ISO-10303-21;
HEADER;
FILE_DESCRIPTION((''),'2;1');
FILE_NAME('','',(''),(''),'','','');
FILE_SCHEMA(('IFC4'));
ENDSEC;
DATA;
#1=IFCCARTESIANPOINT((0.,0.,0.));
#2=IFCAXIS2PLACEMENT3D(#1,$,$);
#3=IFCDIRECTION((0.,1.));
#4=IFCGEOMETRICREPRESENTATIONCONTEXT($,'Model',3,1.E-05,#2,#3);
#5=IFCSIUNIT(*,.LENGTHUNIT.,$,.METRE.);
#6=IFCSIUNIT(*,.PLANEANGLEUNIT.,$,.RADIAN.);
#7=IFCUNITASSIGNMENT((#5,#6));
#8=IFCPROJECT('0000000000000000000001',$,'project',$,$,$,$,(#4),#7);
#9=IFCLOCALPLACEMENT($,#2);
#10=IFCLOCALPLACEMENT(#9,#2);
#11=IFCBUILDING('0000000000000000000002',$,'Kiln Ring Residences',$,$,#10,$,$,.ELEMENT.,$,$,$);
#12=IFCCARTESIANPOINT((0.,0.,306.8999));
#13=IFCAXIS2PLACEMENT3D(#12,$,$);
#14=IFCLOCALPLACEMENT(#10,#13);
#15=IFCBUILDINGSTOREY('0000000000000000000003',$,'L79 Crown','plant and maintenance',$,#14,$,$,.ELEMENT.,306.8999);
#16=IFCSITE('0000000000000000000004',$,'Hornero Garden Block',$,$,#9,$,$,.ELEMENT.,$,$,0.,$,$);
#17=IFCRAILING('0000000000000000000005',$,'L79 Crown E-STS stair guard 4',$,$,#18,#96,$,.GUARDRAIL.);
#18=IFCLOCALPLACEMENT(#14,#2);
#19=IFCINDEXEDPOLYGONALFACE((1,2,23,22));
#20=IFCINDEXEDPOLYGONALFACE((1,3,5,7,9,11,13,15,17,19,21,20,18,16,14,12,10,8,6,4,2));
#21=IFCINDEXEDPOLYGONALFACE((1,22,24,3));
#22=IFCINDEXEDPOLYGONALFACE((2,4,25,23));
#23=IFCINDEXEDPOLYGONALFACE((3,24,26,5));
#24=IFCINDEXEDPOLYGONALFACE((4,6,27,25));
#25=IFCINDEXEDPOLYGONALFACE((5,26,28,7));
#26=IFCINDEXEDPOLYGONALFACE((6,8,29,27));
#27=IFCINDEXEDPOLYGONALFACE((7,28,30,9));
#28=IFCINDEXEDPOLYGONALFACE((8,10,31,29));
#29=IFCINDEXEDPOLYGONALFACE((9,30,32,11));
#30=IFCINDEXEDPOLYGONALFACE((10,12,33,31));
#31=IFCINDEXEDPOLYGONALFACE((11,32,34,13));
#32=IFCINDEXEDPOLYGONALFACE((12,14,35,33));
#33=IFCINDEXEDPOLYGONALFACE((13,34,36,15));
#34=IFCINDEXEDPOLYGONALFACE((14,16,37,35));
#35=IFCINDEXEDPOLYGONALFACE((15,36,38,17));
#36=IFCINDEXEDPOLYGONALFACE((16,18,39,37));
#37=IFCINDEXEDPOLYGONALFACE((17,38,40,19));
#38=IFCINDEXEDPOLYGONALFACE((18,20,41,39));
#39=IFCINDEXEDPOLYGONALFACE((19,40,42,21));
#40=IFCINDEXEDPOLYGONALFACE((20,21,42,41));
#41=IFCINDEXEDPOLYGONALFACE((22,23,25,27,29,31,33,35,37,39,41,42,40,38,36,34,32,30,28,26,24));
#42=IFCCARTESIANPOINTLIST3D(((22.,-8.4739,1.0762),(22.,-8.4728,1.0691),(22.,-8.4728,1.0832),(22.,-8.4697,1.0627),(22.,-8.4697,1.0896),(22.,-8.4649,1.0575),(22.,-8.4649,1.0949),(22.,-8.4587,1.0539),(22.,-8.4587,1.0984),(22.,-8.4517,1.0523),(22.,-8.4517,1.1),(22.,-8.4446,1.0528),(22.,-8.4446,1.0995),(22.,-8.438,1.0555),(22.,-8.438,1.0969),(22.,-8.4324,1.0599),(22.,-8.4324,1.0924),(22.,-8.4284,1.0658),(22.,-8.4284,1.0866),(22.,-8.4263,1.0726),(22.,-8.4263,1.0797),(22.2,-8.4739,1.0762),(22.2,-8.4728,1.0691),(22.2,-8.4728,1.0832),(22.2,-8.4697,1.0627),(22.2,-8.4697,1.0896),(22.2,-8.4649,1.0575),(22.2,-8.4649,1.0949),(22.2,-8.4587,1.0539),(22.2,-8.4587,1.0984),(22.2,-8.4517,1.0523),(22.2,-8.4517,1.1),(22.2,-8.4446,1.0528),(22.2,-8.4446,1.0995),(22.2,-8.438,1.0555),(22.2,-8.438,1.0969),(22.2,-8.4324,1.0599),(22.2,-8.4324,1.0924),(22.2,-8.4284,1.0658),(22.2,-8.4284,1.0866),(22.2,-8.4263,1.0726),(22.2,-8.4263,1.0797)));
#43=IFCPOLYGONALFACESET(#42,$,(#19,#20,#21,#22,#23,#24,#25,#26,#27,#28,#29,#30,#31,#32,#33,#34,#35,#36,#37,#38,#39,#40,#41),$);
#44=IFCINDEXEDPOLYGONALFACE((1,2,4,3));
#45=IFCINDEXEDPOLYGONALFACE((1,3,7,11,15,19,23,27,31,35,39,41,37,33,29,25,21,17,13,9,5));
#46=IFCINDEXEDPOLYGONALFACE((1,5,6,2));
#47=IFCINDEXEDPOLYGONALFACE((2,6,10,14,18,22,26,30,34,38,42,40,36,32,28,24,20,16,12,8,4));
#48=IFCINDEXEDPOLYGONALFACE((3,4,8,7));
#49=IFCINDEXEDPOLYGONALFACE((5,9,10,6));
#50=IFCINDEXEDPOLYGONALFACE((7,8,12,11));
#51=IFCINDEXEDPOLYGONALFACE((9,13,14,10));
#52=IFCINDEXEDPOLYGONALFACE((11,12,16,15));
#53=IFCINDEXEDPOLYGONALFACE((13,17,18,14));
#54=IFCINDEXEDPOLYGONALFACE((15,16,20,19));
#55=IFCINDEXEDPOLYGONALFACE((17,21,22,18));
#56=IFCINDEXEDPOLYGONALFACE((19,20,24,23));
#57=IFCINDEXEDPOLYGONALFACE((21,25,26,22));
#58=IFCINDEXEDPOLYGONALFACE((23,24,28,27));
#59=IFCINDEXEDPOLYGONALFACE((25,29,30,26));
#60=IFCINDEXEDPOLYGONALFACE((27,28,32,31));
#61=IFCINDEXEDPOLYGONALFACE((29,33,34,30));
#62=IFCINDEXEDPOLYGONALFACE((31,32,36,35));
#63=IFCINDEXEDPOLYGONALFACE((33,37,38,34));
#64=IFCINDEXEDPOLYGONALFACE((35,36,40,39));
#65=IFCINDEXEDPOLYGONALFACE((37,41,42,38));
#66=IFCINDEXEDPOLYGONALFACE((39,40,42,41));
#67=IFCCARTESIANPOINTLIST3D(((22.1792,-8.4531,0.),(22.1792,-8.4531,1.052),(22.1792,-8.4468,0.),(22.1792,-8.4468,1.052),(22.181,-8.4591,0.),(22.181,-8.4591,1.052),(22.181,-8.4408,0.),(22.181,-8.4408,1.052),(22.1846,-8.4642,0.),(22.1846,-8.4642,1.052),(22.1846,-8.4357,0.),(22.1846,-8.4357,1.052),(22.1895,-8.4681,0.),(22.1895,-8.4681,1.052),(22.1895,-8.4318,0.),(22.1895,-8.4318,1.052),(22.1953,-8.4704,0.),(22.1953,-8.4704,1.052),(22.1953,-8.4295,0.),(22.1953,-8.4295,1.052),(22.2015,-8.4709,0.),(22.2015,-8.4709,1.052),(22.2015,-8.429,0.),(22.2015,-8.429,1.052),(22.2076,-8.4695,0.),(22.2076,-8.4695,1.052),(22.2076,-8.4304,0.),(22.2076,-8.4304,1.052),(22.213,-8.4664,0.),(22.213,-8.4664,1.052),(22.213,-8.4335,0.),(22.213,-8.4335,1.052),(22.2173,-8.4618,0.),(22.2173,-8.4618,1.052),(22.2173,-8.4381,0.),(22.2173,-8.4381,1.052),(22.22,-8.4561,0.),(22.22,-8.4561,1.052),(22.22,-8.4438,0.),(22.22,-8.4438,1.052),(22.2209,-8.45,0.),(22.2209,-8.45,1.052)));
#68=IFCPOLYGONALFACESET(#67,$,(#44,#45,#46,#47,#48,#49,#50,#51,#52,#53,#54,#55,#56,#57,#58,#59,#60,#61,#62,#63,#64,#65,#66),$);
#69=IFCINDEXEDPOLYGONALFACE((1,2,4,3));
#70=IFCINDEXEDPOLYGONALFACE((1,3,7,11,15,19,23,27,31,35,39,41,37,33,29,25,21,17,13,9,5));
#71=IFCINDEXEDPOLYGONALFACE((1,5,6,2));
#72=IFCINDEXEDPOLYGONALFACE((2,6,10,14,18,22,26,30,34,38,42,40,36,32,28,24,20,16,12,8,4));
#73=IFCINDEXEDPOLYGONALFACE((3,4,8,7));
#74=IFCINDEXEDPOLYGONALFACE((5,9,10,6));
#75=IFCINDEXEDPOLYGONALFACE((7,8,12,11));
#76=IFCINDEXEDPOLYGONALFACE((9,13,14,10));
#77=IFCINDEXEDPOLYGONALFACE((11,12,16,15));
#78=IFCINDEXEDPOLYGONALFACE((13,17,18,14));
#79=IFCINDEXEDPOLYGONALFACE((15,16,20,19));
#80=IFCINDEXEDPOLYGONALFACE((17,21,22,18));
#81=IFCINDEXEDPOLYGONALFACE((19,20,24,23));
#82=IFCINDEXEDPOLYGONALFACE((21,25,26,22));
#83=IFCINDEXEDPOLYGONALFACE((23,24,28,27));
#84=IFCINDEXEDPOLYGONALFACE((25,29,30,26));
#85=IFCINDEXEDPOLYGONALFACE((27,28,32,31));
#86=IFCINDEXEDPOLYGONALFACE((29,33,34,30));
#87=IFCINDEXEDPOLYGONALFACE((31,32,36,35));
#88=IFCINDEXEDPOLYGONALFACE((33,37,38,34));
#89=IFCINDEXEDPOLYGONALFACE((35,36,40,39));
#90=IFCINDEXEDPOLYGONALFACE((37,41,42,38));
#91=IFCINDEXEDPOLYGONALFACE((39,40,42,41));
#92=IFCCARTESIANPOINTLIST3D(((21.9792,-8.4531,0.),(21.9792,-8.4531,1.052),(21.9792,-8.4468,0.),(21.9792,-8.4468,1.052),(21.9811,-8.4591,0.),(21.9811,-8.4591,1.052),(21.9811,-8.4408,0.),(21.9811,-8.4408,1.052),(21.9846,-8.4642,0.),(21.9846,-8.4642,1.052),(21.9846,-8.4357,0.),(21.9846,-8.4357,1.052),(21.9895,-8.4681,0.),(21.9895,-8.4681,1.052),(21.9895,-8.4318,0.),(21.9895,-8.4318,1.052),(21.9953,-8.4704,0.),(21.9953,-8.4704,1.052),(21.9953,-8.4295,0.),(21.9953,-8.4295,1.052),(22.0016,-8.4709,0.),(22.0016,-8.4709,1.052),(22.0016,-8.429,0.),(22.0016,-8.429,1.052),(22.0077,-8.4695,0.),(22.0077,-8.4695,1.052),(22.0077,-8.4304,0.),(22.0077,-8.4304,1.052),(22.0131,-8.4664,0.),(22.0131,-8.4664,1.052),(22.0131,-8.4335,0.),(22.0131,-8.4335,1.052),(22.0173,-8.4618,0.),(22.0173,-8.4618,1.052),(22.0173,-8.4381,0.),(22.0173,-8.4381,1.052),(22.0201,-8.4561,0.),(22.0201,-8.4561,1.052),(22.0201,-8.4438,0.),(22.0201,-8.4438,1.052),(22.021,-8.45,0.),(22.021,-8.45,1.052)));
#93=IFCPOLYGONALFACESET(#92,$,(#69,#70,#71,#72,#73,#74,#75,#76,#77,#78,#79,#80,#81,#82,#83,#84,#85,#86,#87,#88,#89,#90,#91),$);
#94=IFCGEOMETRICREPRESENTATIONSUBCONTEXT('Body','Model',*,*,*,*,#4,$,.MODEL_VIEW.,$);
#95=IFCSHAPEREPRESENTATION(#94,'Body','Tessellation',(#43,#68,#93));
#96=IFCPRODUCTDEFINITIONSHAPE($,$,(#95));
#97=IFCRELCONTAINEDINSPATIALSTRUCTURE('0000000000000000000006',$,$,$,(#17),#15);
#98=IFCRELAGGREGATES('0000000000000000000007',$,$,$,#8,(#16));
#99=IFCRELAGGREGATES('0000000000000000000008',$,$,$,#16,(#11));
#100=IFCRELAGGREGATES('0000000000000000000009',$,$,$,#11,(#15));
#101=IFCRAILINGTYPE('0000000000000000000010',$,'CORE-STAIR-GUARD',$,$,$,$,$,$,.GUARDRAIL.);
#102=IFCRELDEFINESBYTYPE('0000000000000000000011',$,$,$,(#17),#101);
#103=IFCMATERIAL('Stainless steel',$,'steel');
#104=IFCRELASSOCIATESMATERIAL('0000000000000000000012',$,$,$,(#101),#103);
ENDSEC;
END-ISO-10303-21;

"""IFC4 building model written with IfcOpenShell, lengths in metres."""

from ifc_helpers import new_model, si_unit, direction, frame, origin, origin_2d, place, context, subcontext, project, spatial, circle, extrude, material, type_object, element, save


model = new_model("IFC4")

# Units and contexts
model_context = context("Model", 3, precision=1e-05, world=origin(), true_north=direction((0.0, 1.0)))
body_context = subcontext(model_context, "Body", "Model", "MODEL_VIEW")
ifc_project = project(units=[si_unit("LENGTHUNIT", "METRE"), si_unit("PLANEANGLEUNIT", "RADIAN")], contexts=[model_context])

# Site, building, storey
site_placement = place(None, origin())
site = spatial("IfcSite", under=ifc_project, at=site_placement, Name="Hornero Garden Block", CompositionType="ELEMENT", RefElevation=0.0)
building_placement = place(site_placement, origin())
building = spatial("IfcBuilding", under=site, at=building_placement, Name="Kiln Ring Residences", CompositionType="ELEMENT")
storey_placement = place(building_placement, frame((0.0, 0.0, 306.8999)))
storey = spatial("IfcBuildingStorey", under=building, at=storey_placement, Name="L79 Crown", Description="plant and maintenance", CompositionType="ELEMENT", Elevation=306.8999)

# Railing
ifc_material_1 = material(Name="Stainless steel", Category="steel")
railing_type_1 = type_object("IfcRailingType", Name="CORE-STAIR-GUARD", PredefinedType="GUARDRAIL", material=ifc_material_1)
railing_1_placement = place(storey_placement, frame((22.2, -8.45, 0.0)))
element("IfcRailing", 1, at=railing_1_placement, inside=storey, type_object=railing_type_1, Name="L79 Crown E-STS stair guard 4", PredefinedType="GUARDRAIL", context=body_context, shape_type="SweptSolid", body=[
    extrude(circle(Radius=0.0239, at=origin_2d()), frame((0.0, 0.0, 1.0762), z_axis=(-1.0, 0.0, 0.0), x_axis=(0.0, -1.0, 0.0)), (0.0, 0.0, 1.0), 0.2),
    extrude(circle(Radius=0.021, at=origin_2d()), origin(), (0.0, 0.0, 1.0), 1.052),
    extrude(circle(Radius=0.021, at=origin_2d()), frame((-0.2, 0.0, 0.0)), (0.0, 0.0, 1.0), 1.052),
])

save(model, "model.ifc")
